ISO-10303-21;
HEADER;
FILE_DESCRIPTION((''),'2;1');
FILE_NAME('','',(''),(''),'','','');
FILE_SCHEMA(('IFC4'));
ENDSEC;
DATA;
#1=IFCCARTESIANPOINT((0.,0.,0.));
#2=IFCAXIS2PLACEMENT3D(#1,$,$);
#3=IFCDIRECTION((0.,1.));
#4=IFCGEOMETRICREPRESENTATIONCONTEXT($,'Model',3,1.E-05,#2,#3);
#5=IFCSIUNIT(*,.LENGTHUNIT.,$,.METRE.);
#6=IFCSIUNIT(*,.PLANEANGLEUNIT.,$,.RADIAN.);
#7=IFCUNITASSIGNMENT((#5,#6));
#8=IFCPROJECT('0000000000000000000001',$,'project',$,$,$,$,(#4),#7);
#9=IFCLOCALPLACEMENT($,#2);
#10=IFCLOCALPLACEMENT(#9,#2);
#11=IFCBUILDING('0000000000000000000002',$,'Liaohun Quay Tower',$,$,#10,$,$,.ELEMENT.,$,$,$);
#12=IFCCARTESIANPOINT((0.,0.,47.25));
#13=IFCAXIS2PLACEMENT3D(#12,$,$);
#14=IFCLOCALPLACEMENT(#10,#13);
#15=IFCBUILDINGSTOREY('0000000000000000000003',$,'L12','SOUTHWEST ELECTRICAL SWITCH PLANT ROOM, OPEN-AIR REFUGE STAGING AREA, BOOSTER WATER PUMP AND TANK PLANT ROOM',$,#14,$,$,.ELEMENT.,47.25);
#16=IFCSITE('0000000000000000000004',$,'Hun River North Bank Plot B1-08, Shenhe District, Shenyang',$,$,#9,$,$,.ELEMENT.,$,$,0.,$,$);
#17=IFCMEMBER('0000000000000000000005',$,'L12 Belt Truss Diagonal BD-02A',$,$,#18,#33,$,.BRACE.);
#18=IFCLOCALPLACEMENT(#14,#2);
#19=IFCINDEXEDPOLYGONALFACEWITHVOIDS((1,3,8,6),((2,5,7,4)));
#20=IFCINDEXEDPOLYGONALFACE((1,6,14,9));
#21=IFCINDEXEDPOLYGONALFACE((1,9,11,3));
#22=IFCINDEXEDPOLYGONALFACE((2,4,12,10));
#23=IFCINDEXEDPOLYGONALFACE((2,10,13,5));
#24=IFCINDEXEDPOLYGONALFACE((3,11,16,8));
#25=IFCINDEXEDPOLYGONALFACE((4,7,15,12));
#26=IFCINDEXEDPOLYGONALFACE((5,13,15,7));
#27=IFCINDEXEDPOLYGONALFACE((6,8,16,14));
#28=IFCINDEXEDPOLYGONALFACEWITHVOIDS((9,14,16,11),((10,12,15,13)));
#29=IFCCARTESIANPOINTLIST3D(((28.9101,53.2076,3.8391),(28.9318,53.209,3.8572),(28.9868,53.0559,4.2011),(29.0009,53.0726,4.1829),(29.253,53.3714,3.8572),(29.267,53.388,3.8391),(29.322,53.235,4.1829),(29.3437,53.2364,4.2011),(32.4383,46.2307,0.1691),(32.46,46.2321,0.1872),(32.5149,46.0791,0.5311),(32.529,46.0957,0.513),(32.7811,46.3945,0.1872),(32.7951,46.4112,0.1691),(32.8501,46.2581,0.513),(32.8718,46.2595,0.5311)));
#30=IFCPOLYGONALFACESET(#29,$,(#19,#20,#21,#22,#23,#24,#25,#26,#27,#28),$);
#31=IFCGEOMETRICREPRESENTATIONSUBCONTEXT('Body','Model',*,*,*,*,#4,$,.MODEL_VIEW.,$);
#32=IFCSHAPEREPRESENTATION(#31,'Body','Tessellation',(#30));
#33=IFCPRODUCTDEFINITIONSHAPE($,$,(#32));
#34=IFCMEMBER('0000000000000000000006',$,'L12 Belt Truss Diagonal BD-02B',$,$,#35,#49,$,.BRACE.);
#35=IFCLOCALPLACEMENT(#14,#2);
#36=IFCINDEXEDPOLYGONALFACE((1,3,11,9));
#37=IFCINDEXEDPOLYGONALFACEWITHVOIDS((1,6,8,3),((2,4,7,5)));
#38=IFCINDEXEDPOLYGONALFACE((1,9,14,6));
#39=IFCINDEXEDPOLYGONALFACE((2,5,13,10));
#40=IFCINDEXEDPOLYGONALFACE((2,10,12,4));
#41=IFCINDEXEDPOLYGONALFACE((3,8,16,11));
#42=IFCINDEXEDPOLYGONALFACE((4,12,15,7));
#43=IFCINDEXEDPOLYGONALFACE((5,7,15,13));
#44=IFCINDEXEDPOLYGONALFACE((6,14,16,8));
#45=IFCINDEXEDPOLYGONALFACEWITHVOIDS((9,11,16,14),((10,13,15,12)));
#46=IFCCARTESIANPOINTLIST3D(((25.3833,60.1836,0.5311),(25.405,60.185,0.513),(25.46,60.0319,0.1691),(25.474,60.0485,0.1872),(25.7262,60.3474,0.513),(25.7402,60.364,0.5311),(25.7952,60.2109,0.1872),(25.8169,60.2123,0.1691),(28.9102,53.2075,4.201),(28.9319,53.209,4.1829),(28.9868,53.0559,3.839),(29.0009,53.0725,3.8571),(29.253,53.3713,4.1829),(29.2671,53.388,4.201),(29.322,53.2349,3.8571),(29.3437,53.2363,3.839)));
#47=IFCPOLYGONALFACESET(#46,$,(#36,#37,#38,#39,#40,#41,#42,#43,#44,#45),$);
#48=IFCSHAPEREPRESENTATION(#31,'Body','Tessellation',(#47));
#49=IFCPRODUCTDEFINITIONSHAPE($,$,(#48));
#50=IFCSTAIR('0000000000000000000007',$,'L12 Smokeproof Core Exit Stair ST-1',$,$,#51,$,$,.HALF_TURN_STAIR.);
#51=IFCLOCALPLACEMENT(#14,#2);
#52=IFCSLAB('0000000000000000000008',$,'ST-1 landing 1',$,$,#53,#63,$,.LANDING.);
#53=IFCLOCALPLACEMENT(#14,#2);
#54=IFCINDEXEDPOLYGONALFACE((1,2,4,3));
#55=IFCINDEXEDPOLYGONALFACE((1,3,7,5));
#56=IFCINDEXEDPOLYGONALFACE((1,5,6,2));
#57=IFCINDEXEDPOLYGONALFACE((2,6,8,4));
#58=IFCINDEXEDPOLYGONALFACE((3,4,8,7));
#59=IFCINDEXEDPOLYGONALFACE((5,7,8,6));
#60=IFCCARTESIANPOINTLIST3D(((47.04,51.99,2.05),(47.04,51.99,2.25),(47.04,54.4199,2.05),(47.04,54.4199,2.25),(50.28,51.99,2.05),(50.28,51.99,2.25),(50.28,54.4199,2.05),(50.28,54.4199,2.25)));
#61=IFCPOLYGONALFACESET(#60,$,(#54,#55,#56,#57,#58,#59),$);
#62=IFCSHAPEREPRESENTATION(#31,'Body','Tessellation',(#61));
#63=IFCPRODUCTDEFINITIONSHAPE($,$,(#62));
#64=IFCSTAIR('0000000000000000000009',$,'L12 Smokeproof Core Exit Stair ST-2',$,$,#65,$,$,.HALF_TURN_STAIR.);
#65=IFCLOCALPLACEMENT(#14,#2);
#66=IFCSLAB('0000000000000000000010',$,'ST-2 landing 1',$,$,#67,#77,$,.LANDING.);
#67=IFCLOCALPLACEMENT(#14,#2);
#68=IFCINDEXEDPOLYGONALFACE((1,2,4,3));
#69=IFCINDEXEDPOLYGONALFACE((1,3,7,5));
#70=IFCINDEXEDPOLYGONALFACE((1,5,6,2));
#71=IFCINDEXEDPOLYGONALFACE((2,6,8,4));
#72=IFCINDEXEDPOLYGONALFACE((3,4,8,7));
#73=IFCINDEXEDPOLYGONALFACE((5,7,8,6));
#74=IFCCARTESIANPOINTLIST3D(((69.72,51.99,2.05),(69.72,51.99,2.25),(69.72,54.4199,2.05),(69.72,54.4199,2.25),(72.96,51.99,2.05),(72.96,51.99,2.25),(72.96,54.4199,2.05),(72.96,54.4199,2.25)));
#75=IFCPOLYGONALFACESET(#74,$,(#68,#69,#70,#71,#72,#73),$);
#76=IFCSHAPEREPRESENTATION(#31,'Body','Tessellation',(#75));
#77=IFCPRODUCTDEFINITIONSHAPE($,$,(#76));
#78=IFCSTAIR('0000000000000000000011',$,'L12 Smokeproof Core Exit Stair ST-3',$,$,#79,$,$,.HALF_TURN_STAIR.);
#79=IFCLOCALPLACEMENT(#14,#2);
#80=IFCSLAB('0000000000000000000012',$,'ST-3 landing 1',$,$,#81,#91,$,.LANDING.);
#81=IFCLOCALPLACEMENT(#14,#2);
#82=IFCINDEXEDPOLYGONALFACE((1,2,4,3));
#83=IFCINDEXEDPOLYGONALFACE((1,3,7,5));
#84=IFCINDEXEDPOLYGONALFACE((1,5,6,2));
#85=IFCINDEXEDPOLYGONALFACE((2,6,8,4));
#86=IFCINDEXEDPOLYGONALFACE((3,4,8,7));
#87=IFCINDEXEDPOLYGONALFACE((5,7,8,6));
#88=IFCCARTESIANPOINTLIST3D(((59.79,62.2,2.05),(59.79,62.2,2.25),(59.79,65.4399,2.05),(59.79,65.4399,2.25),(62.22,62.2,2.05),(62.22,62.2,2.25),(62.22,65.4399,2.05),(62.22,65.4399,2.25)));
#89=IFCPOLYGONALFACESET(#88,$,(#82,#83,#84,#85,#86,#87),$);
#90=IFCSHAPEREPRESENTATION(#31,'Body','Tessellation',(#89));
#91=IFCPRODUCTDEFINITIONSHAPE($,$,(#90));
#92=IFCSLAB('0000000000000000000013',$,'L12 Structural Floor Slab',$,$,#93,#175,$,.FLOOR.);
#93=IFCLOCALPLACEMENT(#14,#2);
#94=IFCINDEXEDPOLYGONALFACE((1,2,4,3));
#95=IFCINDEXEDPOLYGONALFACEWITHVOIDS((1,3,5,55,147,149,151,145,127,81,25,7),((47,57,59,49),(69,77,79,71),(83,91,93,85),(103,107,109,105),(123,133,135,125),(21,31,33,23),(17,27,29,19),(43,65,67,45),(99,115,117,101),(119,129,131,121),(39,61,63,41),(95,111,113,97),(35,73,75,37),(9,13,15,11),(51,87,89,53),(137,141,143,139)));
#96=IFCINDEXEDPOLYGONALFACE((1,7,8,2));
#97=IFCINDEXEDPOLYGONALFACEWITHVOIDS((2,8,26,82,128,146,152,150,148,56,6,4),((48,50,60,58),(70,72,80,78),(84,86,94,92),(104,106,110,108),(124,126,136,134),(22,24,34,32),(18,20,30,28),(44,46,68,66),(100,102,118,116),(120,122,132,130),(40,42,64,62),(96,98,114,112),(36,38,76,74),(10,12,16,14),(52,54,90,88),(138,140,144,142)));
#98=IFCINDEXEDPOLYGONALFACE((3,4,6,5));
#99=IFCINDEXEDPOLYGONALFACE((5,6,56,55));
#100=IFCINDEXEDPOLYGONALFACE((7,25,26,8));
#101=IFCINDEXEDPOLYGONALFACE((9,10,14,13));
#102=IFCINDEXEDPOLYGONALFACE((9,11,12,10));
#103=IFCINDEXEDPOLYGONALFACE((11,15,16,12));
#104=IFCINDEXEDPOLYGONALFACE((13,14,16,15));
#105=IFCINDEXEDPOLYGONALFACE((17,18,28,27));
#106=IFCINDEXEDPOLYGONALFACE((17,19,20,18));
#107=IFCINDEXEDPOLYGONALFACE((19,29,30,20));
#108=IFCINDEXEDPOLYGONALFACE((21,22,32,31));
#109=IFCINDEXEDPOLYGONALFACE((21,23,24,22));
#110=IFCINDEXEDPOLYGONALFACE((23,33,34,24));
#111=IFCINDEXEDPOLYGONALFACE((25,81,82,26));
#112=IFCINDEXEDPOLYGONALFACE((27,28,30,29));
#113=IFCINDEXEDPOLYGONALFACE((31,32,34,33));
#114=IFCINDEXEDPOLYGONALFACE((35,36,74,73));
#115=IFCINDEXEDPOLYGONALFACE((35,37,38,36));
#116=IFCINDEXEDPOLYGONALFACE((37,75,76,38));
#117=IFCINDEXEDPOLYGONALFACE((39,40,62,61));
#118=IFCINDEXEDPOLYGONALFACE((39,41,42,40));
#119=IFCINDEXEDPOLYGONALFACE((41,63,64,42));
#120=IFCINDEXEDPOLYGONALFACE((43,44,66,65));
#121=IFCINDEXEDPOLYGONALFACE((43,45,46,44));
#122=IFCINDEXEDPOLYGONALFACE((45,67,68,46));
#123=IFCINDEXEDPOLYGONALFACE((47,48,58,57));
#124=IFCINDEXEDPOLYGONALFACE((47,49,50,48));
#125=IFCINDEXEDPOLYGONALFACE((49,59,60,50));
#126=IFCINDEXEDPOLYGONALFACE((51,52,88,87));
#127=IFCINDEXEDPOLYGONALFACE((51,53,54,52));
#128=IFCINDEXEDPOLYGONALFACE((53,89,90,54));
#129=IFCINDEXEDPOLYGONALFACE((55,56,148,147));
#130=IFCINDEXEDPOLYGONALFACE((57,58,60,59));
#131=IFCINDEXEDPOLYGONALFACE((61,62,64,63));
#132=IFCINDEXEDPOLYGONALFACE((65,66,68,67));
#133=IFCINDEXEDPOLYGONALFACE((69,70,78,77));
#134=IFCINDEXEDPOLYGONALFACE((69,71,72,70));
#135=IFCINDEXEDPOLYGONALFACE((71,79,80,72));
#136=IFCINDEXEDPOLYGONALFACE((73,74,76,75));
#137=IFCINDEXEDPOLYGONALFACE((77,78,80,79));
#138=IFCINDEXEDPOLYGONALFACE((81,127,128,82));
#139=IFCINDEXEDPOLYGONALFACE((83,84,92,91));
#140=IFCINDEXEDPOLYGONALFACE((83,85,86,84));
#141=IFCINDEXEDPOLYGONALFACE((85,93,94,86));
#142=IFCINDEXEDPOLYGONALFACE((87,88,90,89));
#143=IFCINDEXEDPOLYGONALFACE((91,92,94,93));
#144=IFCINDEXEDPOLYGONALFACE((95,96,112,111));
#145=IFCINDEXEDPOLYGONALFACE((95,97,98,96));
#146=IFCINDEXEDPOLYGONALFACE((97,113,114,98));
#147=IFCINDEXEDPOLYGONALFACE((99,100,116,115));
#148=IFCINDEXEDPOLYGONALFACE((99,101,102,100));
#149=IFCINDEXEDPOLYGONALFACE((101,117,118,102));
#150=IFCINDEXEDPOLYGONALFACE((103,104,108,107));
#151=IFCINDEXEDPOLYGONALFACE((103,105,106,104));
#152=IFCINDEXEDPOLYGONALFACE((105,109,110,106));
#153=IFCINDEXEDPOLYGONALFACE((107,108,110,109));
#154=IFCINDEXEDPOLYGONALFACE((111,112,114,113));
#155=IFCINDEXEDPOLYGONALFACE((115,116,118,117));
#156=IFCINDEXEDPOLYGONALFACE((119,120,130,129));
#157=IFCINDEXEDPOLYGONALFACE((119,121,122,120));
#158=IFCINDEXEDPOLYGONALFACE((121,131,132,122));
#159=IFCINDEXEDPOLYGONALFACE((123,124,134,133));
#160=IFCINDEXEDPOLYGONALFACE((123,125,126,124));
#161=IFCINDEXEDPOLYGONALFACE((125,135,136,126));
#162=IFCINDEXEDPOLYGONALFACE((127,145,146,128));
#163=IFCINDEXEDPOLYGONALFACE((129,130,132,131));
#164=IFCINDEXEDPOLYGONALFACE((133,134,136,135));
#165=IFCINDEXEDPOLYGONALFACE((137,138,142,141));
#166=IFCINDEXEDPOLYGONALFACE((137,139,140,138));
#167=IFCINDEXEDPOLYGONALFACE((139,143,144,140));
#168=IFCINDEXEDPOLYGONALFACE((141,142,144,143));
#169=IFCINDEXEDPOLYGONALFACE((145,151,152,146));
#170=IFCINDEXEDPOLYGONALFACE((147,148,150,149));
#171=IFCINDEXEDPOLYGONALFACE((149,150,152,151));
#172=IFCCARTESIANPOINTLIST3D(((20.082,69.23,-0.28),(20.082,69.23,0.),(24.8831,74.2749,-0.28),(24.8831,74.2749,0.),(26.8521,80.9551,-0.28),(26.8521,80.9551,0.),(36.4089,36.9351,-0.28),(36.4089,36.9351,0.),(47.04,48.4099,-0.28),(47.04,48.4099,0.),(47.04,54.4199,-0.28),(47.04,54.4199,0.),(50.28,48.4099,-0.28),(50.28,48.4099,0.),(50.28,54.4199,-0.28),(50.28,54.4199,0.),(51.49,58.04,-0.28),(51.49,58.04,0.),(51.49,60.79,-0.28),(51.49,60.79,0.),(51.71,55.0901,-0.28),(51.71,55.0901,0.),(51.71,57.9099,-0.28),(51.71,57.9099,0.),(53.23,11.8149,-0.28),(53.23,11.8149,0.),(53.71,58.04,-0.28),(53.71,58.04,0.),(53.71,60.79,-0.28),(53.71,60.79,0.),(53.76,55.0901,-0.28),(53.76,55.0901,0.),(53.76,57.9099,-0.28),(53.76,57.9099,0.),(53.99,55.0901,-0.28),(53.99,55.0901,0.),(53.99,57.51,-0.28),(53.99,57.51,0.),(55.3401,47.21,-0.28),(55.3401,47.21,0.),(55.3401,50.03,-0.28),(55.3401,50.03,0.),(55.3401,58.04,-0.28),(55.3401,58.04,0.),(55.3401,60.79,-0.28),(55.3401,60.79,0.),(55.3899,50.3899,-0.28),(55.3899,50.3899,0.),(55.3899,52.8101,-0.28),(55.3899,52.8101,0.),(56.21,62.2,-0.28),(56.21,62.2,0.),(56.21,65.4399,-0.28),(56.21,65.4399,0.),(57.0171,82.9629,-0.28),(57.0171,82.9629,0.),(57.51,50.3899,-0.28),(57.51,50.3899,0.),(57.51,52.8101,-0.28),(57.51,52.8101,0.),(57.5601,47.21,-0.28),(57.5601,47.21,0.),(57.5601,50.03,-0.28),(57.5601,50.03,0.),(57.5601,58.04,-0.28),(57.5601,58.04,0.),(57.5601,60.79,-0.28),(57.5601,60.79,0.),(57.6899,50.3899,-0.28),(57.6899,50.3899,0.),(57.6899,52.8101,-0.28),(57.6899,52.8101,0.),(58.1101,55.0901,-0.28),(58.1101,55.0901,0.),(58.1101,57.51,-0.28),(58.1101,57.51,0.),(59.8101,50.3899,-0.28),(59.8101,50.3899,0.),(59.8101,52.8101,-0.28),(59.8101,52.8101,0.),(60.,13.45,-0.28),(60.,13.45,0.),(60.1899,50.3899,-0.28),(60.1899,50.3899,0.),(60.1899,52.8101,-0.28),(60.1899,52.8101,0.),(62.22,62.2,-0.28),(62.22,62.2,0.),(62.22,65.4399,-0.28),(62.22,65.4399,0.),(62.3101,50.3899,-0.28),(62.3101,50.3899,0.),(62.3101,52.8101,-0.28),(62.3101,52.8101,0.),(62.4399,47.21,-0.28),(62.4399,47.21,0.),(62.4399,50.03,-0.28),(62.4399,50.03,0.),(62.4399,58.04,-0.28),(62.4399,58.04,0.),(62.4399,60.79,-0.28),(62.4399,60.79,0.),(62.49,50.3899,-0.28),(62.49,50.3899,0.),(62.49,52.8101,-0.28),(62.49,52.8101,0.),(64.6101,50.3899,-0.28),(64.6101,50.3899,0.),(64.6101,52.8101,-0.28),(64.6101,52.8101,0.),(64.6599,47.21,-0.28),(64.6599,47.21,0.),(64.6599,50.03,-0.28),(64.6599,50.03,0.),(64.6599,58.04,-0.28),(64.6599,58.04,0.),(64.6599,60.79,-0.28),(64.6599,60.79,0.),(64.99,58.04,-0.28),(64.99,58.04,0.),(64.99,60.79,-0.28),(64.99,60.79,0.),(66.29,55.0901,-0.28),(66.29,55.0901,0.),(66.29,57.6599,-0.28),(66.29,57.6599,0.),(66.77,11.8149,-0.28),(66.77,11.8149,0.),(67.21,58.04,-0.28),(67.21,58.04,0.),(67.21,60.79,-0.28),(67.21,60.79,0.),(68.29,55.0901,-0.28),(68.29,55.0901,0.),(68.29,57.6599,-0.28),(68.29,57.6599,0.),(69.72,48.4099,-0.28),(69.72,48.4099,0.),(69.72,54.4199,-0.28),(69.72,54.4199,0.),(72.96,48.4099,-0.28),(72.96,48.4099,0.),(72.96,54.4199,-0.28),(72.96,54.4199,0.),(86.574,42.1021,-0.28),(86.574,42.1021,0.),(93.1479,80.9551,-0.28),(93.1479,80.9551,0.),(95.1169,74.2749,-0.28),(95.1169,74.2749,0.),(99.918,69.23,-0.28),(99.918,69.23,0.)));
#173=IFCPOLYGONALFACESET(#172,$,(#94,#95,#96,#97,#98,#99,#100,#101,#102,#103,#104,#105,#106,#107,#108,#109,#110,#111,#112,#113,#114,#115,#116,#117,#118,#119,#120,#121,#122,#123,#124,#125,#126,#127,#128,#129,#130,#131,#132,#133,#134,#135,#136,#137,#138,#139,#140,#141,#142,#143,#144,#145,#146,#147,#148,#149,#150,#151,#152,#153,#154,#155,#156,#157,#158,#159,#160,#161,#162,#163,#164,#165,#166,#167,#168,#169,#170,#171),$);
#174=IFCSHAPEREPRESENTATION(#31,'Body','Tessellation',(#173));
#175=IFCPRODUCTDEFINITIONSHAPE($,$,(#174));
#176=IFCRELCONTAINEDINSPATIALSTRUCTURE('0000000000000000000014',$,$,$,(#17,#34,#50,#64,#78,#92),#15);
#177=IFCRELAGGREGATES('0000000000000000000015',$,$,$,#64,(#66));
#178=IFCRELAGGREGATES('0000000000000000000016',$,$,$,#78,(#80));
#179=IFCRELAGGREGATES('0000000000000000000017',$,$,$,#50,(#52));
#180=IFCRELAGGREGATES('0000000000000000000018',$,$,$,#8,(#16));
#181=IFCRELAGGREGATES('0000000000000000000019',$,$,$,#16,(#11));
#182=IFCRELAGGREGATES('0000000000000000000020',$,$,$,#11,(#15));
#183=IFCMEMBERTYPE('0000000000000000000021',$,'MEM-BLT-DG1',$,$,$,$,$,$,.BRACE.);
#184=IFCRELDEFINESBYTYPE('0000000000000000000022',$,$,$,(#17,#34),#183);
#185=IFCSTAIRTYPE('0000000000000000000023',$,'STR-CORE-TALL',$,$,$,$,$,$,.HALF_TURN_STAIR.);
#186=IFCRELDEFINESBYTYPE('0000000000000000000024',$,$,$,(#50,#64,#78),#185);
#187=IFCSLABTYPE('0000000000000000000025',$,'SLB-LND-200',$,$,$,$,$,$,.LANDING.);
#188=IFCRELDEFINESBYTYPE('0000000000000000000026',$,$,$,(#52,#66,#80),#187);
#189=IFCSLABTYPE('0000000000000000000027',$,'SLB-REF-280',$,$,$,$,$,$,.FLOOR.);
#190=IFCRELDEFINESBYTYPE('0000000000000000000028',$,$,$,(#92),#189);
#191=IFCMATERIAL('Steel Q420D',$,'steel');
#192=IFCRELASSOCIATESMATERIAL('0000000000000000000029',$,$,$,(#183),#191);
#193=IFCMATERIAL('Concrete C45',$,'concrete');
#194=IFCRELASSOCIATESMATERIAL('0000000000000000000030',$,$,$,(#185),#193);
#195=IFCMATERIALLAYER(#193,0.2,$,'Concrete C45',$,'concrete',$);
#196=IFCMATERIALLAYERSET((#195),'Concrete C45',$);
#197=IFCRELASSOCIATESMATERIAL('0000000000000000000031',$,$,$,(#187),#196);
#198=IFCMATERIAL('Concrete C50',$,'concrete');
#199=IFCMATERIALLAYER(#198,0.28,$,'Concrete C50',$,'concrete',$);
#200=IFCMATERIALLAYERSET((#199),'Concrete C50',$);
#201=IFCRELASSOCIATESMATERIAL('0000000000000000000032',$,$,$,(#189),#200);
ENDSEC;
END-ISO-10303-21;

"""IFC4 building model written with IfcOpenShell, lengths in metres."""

from ifc_helpers import new_model, si_unit, direction, frame, origin, origin_2d, place, context, subcontext, project, spatial, polyline, hollow_rectangle, outline, extrude, source, transform, mapped, material, layer, layer_set, material_profile, profile_set, type_object, element, aggregate, save


model = new_model("IFC4")

# Units and contexts
model_context = context("Model", 3, precision=1e-05, world=origin(), true_north=direction((0.0, 1.0)))
body_context = subcontext(model_context, "Body", "Model", "MODEL_VIEW")
ifc_project = project(units=[si_unit("LENGTHUNIT", "METRE"), si_unit("PLANEANGLEUNIT", "RADIAN")], contexts=[model_context])

# Site, building, storey
site_placement = place(None, origin())
site = spatial("IfcSite", under=ifc_project, at=site_placement, Name="Hun River North Bank Plot B1-08, Shenhe District, Shenyang", CompositionType="ELEMENT", RefElevation=0.0)
building_placement = place(site_placement, origin())
building = spatial("IfcBuilding", under=site, at=building_placement, Name="Liaohun Quay Tower", CompositionType="ELEMENT")
storey_placement = place(building_placement, frame((0.0, 0.0, 47.25)))
storey = spatial("IfcBuildingStorey", under=building, at=storey_placement, Name="L12", Description="SOUTHWEST ELECTRICAL SWITCH PLANT ROOM, OPEN-AIR REFUGE STAGING AREA, BOOSTER WATER PUMP AND TANK PLANT ROOM", CompositionType="ELEMENT", Elevation=47.25)

# Members
ifc_material_1 = material(Name="Steel Q420D", Category="steel")
ifc_material_profile_1 = material_profile(ifc_material_1, hollow_rectangle(XDim=0.3999, YDim=0.3999, WallThickness=0.02, at=origin_2d()), Name="SHS400x400x20")
ifc_profile_set_1 = profile_set([ifc_material_profile_1], Name="Steel Q420D")
member_type_1 = type_object("IfcMemberType", Name="MEM-BLT-DG1", PredefinedType="BRACE", material=ifc_profile_set_1)
shared_shape_1 = source(origin(), body_context, "Body", "SweptSolid", [
    extrude(hollow_rectangle(XDim=0.3999, YDim=0.3999, WallThickness=0.02, at=origin_2d()), origin(), (0.0, 0.0, 1.0), 8.6367),
])
member_1_placement = place(storey_placement, frame((32.655, 46.2451, 0.3501), z_axis=(-0.408501, 0.807815, 0.424925), x_axis=(-0.892388, -0.451269, 0.0)))
element("IfcMember", 1, at=member_1_placement, inside=storey, type_object=member_type_1, Name="L12 Belt Truss Diagonal BD-02A", PredefinedType="BRACE", context=body_context, shape_type="MappedRepresentation", body=[
    mapped(shared_shape_1, transform((0.0, 0.0, 0.0), x_axis=(1.0, 0.0, 0.0), y_axis=(0.0, 1.0, 0.0), z_axis=(0.0, 0.0, 1.0), scale=1.0)),
])
shared_shape_2 = source(origin(), body_context, "Body", "SweptSolid", [
    extrude(hollow_rectangle(XDim=0.3999, YDim=0.3999, WallThickness=0.02, at=origin_2d()), origin(), (0.0, 0.0, 1.0), 8.6355),
])
member_2_placement = place(storey_placement, frame((29.127, 53.2219, 4.02), z_axis=(-0.408411, 0.807832, -0.424979), x_axis=(-0.892432, -0.451182, 0.0)))
element("IfcMember", 2, at=member_2_placement, inside=storey, type_object=member_type_1, Name="L12 Belt Truss Diagonal BD-02B", PredefinedType="BRACE", context=body_context, shape_type="MappedRepresentation", body=[
    mapped(shared_shape_2, transform((0.0, 0.0, 0.0), x_axis=(1.0, 0.0, 0.0), y_axis=(0.0, 1.0, 0.0), z_axis=(0.0, 0.0, 1.0), scale=1.0)),
])

# Stairs, slabs
ifc_material_2 = material(Name="Concrete C45", Category="concrete")
stair_type = type_object("IfcStairType", Name="STR-CORE-TALL", PredefinedType="HALF_TURN_STAIR", material=ifc_material_2)
stair_1_placement = place(storey_placement, origin())
stair_1 = element("IfcStair", 3, at=stair_1_placement, inside=storey, type_object=stair_type, Name="L12 Smokeproof Core Exit Stair ST-1", PredefinedType="HALF_TURN_STAIR")
ifc_layer_1 = layer(ifc_material_2, 0.2, Name="Concrete C45", Category="concrete")
ifc_layer_set_1 = layer_set([ifc_layer_1], Name="Concrete C45")
slab_type_1 = type_object("IfcSlabType", Name="SLB-LND-200", PredefinedType="LANDING", material=ifc_layer_set_1)
slab_1_placement = place(storey_placement, frame((0.0, 0.0, 2.05)))
slab_1 = element("IfcSlab", 4, at=slab_1_placement, type_object=slab_type_1, Name="ST-1 landing 1", PredefinedType="LANDING", context=body_context, shape_type="SweptSolid", body=[
    extrude(outline(polyline([(50.28, 51.99), (50.28, 54.4199), (47.04, 54.4199), (47.04, 51.99), (50.28, 51.99)])), origin(), (0.0, 0.0, 1.0), 0.2),
])
stair_2_placement = place(storey_placement, origin())
stair_2 = element("IfcStair", 5, at=stair_2_placement, inside=storey, type_object=stair_type, Name="L12 Smokeproof Core Exit Stair ST-2", PredefinedType="HALF_TURN_STAIR")
slab_2_placement = place(storey_placement, frame((0.0, 0.0, 2.05)))
slab_2 = element("IfcSlab", 6, at=slab_2_placement, type_object=slab_type_1, Name="ST-2 landing 1", PredefinedType="LANDING", context=body_context, shape_type="SweptSolid", body=[
    extrude(outline(polyline([(72.96, 51.99), (72.96, 54.4199), (69.72, 54.4199), (69.72, 51.99), (72.96, 51.99)])), origin(), (0.0, 0.0, 1.0), 0.2),
])
aggregate(stair_2, [slab_2])
stair_3_placement = place(storey_placement, origin())
stair_3 = element("IfcStair", 7, at=stair_3_placement, inside=storey, type_object=stair_type, Name="L12 Smokeproof Core Exit Stair ST-3", PredefinedType="HALF_TURN_STAIR")
slab_3_placement = place(storey_placement, frame((0.0, 0.0, 2.05)))
slab_3 = element("IfcSlab", 8, at=slab_3_placement, type_object=slab_type_1, Name="ST-3 landing 1", PredefinedType="LANDING", context=body_context, shape_type="SweptSolid", body=[
    extrude(outline(polyline([(59.79, 62.2), (62.22, 62.2), (62.22, 65.4399), (59.79, 65.4399), (59.79, 62.2)])), origin(), (0.0, 0.0, 1.0), 0.2),
])
aggregate(stair_3, [slab_3])

# Slab
ifc_material_3 = material(Name="Concrete C50", Category="concrete")
ifc_layer_2 = layer(ifc_material_3, 0.28, Name="Concrete C50", Category="concrete")
ifc_layer_set_2 = layer_set([ifc_layer_2], Name="Concrete C50")
slab_type_2 = type_object("IfcSlabType", Name="SLB-REF-280", PredefinedType="FLOOR", material=ifc_layer_set_2)
slab_4_placement = place(storey_placement, frame((0.0, 0.0, -0.28)))
element("IfcSlab", 9, at=slab_4_placement, inside=storey, type_object=slab_type_2, Name="L12 Structural Floor Slab", PredefinedType="FLOOR", context=body_context, shape_type="SweptSolid", body=[
    extrude(outline(polyline([(53.23, 11.8149), (60.0, 13.45), (66.77, 11.8149), (86.574, 42.1021), (99.918, 69.23), (95.1169, 74.2749), (93.1479, 80.9551), (57.0171, 82.9629), (26.8521, 80.9551), (24.8831, 74.2749), (20.082, 69.23), (36.4089, 36.9351), (53.23, 11.8149)]), holes=[polyline([(57.5601, 47.21), (57.5601, 50.03), (55.3401, 50.03), (55.3401, 47.21), (57.5601, 47.21)]), polyline([(50.28, 54.4199), (47.04, 54.4199), (47.04, 48.4099), (50.28, 48.4099), (50.28, 54.4199)]), polyline([(57.51, 50.3899), (57.51, 52.8101), (55.3899, 52.8101), (55.3899, 50.3899), (57.51, 50.3899)]), polyline([(59.8101, 50.3899), (59.8101, 52.8101), (57.6899, 52.8101), (57.6899, 50.3899), (59.8101, 50.3899)]), polyline([(58.1101, 57.51), (53.99, 57.51), (53.99, 55.0901), (58.1101, 55.0901), (58.1101, 57.51)]), polyline([(53.76, 55.0901), (53.76, 57.9099), (51.71, 57.9099), (51.71, 55.0901), (53.76, 55.0901)]), polyline([(53.71, 58.04), (53.71, 60.79), (51.49, 60.79), (51.49, 58.04), (53.71, 58.04)]), polyline([(57.5601, 58.04), (57.5601, 60.79), (55.3401, 60.79), (55.3401, 58.04), (57.5601, 58.04)]), polyline([(64.6599, 47.21), (64.6599, 50.03), (62.4399, 50.03), (62.4399, 47.21), (64.6599, 47.21)]), polyline([(72.96, 54.4199), (69.72, 54.4199), (69.72, 48.4099), (72.96, 48.4099), (72.96, 54.4199)]), polyline([(62.3101, 50.3899), (62.3101, 52.8101), (60.1899, 52.8101), (60.1899, 50.3899), (62.3101, 50.3899)]), polyline([(64.6101, 50.3899), (64.6101, 52.8101), (62.49, 52.8101), (62.49, 50.3899), (64.6101, 50.3899)]), polyline([(68.29, 55.0901), (68.29, 57.6599), (66.29, 57.6599), (66.29, 55.0901), (68.29, 55.0901)]), polyline([(64.6599, 58.04), (64.6599, 60.79), (62.4399, 60.79), (62.4399, 58.04), (64.6599, 58.04)]), polyline([(64.99, 58.04), (67.21, 58.04), (67.21, 60.79), (64.99, 60.79), (64.99, 58.04)]), polyline([(56.21, 62.2), (62.22, 62.2), (62.22, 65.4399), (56.21, 65.4399), (56.21, 62.2)])]), origin(), (0.0, 0.0, 1.0), 0.28),
])

aggregate(stair_1, [slab_1])

save(model, "model.ifc")
